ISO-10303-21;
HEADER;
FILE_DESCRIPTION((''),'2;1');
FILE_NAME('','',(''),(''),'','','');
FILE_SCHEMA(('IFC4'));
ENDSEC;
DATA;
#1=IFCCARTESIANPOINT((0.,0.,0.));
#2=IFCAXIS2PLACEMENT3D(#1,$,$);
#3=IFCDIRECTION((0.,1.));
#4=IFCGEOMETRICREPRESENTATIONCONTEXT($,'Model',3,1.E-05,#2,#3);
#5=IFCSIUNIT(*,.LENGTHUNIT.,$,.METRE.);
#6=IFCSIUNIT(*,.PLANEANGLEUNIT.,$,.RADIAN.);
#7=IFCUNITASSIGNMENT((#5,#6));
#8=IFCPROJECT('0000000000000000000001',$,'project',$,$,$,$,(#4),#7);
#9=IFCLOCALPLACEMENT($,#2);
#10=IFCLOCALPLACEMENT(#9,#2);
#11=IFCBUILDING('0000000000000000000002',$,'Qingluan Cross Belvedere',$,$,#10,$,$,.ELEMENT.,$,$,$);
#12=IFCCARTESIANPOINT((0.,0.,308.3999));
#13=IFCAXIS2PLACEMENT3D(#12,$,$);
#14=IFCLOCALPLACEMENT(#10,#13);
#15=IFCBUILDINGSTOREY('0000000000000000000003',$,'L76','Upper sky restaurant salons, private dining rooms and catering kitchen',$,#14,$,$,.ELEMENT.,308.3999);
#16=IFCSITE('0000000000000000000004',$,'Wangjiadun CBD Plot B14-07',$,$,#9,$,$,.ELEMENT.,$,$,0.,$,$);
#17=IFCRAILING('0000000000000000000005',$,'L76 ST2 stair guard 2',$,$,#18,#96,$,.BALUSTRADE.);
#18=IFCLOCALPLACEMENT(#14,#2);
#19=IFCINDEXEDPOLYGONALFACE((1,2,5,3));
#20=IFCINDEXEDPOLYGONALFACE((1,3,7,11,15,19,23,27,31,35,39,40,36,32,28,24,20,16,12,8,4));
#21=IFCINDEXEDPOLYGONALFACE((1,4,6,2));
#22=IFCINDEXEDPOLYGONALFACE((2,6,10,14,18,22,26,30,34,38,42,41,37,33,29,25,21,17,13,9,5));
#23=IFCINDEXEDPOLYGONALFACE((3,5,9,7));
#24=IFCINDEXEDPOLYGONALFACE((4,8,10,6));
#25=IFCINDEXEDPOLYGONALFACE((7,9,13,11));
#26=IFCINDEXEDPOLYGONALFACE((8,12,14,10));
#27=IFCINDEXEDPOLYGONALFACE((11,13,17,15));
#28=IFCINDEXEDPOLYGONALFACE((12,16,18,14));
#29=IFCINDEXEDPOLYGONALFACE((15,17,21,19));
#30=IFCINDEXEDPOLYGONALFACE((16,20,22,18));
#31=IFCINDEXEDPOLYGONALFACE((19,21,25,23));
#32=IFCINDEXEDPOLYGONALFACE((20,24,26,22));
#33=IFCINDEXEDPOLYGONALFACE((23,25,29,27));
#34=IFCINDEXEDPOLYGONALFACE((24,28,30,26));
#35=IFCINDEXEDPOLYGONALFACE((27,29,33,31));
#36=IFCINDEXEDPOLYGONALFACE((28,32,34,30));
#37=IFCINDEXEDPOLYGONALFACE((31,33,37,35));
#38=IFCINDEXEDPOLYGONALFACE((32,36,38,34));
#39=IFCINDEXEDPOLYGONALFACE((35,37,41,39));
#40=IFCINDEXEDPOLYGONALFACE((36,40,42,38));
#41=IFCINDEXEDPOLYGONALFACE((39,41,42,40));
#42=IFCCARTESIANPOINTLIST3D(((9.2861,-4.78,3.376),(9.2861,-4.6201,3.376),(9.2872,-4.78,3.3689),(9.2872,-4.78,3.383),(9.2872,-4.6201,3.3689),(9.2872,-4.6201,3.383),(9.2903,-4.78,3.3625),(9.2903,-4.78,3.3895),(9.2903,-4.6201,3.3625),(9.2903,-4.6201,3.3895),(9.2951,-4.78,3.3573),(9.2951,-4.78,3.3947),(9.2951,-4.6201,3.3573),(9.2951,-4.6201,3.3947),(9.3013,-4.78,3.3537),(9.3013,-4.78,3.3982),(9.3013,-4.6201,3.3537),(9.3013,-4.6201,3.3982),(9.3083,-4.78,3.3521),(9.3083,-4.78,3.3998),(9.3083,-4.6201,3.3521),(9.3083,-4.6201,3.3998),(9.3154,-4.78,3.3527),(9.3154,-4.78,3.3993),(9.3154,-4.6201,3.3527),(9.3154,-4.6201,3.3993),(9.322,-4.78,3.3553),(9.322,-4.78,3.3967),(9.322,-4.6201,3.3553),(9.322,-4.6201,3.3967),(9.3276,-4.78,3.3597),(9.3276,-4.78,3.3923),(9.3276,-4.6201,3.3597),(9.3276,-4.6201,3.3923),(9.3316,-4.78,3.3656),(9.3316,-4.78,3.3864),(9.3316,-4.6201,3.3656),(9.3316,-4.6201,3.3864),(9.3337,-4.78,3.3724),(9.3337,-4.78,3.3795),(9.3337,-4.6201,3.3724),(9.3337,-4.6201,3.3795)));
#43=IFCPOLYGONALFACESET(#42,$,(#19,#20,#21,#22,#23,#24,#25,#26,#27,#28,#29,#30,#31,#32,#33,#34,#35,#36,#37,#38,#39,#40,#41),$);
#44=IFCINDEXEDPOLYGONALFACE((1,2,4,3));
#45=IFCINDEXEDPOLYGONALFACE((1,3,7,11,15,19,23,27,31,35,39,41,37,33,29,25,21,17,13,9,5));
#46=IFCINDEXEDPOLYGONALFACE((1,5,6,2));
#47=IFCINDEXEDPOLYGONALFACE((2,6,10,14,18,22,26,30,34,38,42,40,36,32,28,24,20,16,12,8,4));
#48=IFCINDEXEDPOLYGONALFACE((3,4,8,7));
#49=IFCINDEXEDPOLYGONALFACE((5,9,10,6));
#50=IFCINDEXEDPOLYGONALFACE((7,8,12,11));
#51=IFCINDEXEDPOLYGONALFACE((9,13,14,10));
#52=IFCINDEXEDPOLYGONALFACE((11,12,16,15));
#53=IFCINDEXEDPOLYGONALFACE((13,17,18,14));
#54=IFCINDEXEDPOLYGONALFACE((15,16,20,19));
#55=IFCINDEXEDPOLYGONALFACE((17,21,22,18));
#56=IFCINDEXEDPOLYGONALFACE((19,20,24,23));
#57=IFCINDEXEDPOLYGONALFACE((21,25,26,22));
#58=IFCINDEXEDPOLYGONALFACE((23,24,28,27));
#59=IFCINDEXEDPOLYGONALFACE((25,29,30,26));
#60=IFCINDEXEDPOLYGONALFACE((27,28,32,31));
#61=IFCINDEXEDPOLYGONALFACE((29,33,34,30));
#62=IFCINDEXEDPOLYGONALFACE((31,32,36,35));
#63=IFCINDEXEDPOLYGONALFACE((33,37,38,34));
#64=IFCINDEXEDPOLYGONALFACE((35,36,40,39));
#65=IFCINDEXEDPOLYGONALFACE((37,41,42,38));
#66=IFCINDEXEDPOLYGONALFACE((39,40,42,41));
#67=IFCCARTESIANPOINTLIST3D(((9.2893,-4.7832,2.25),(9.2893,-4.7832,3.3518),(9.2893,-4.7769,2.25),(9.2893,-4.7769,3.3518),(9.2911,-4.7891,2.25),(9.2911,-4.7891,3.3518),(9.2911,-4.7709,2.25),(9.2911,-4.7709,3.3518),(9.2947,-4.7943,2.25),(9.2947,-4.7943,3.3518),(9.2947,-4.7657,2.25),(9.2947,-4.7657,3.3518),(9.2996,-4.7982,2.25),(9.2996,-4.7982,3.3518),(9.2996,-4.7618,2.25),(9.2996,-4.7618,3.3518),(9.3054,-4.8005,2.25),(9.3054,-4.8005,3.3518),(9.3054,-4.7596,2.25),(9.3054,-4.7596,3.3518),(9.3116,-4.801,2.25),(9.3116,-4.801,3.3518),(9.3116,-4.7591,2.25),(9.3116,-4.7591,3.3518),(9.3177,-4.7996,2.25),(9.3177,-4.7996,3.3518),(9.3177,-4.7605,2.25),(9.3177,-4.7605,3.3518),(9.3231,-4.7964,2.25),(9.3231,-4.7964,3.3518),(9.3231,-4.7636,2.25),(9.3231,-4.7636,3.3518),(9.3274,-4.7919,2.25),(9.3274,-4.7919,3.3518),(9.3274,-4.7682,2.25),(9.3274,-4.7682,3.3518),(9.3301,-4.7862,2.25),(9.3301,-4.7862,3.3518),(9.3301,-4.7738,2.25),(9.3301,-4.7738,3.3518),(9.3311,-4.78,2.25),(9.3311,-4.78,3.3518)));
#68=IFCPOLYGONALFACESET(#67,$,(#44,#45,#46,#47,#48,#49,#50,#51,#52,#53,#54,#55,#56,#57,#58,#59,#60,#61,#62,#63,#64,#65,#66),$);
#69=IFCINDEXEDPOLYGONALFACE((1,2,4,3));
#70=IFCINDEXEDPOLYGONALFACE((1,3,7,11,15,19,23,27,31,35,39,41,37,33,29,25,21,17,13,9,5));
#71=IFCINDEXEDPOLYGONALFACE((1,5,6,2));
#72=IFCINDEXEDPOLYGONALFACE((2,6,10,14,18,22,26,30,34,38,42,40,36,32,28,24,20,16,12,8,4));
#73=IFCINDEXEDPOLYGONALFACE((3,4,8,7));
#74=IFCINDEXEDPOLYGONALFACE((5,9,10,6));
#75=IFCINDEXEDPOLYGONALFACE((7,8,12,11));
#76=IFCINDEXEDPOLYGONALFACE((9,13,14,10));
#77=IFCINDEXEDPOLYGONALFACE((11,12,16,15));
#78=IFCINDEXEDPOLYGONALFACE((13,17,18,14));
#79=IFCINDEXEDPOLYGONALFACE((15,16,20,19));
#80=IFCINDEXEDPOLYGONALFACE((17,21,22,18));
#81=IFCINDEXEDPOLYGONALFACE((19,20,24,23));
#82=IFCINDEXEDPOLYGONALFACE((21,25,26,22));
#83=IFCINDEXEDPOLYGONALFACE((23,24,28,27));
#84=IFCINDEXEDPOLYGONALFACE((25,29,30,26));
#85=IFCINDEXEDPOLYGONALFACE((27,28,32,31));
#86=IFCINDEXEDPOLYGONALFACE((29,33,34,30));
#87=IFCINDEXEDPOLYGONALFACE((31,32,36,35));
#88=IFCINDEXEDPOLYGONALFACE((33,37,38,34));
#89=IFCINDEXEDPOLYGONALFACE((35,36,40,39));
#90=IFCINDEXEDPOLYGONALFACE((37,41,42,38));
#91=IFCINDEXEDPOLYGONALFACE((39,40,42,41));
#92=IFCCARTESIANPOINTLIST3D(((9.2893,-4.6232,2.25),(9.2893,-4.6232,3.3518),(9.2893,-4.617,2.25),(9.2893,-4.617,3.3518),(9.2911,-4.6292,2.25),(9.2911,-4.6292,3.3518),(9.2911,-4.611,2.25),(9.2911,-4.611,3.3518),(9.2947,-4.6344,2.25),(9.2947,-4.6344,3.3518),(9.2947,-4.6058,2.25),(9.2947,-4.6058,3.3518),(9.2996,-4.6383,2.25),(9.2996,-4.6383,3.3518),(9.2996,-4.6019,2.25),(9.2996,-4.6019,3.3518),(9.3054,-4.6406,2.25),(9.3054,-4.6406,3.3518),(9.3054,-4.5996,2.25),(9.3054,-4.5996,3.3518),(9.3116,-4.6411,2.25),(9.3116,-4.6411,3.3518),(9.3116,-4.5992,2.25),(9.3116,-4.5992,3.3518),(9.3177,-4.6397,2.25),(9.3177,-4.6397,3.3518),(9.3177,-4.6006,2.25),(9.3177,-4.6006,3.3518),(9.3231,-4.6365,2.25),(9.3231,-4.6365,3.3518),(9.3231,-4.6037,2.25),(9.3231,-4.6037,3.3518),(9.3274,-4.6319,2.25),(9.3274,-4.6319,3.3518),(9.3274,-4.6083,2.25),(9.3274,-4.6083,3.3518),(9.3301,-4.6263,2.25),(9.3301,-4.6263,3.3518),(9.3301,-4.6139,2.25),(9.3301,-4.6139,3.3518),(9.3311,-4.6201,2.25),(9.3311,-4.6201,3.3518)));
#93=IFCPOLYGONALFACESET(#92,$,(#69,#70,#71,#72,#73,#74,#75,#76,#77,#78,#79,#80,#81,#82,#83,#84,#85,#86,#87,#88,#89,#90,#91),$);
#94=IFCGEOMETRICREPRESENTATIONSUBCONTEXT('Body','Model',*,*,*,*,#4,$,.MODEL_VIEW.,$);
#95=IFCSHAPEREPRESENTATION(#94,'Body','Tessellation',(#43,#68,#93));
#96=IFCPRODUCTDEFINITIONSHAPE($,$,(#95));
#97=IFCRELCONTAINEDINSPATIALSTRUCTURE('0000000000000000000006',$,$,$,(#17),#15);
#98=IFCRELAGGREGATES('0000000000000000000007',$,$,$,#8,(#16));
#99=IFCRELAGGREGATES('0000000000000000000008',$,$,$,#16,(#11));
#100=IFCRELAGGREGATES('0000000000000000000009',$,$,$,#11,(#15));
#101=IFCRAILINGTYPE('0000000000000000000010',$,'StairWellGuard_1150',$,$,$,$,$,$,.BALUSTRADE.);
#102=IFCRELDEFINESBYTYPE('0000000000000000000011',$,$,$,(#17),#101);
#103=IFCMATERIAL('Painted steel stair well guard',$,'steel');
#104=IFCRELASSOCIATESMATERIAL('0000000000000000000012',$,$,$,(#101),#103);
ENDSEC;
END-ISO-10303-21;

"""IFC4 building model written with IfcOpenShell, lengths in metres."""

from ifc_helpers import new_model, si_unit, direction, frame, origin, origin_2d, place, context, subcontext, project, spatial, circle, extrude, material, type_object, element, save


model = new_model("IFC4")

# Units and contexts
model_context = context("Model", 3, precision=1e-05, world=origin(), true_north=direction((0.0, 1.0)))
body_context = subcontext(model_context, "Body", "Model", "MODEL_VIEW")
ifc_project = project(units=[si_unit("LENGTHUNIT", "METRE"), si_unit("PLANEANGLEUNIT", "RADIAN")], contexts=[model_context])

# Site, building, storey
site_placement = place(None, origin())
site = spatial("IfcSite", under=ifc_project, at=site_placement, Name="Wangjiadun CBD Plot B14-07", CompositionType="ELEMENT", RefElevation=0.0)
building_placement = place(site_placement, origin())
building = spatial("IfcBuilding", under=site, at=building_placement, Name="Qingluan Cross Belvedere", CompositionType="ELEMENT")
storey_placement = place(building_placement, frame((0.0, 0.0, 308.3999)))
storey = spatial("IfcBuildingStorey", under=building, at=storey_placement, Name="L76", Description="Upper sky restaurant salons, private dining rooms and catering kitchen", CompositionType="ELEMENT", Elevation=308.3999)

# Railing
ifc_material_1 = material(Name="Painted steel stair well guard", Category="steel")
railing_type_1 = type_object("IfcRailingType", Name="StairWellGuard_1150", PredefinedType="BALUSTRADE", material=ifc_material_1)
railing_1_placement = place(storey_placement, frame((9.3101, -4.78, 2.25)))
element("IfcRailing", 1, at=railing_1_placement, inside=storey, type_object=railing_type_1, Name="L76 ST2 stair guard 2", PredefinedType="BALUSTRADE", context=body_context, shape_type="SweptSolid", body=[
    extrude(circle(Radius=0.0239, at=origin_2d()), frame((0.0, 0.0, 1.126), z_axis=(0.0, 1.0, 0.0), x_axis=(-1.0, 0.0, 0.0)), (0.0, 0.0, 1.0), 0.1599),
    extrude(circle(Radius=0.021, at=origin_2d()), origin(), (0.0, 0.0, 1.0), 1.1018),
    extrude(circle(Radius=0.021, at=origin_2d()), frame((0.0, 0.1599, 0.0)), (0.0, 0.0, 1.0), 1.1018),
])

save(model, "model.ifc")
